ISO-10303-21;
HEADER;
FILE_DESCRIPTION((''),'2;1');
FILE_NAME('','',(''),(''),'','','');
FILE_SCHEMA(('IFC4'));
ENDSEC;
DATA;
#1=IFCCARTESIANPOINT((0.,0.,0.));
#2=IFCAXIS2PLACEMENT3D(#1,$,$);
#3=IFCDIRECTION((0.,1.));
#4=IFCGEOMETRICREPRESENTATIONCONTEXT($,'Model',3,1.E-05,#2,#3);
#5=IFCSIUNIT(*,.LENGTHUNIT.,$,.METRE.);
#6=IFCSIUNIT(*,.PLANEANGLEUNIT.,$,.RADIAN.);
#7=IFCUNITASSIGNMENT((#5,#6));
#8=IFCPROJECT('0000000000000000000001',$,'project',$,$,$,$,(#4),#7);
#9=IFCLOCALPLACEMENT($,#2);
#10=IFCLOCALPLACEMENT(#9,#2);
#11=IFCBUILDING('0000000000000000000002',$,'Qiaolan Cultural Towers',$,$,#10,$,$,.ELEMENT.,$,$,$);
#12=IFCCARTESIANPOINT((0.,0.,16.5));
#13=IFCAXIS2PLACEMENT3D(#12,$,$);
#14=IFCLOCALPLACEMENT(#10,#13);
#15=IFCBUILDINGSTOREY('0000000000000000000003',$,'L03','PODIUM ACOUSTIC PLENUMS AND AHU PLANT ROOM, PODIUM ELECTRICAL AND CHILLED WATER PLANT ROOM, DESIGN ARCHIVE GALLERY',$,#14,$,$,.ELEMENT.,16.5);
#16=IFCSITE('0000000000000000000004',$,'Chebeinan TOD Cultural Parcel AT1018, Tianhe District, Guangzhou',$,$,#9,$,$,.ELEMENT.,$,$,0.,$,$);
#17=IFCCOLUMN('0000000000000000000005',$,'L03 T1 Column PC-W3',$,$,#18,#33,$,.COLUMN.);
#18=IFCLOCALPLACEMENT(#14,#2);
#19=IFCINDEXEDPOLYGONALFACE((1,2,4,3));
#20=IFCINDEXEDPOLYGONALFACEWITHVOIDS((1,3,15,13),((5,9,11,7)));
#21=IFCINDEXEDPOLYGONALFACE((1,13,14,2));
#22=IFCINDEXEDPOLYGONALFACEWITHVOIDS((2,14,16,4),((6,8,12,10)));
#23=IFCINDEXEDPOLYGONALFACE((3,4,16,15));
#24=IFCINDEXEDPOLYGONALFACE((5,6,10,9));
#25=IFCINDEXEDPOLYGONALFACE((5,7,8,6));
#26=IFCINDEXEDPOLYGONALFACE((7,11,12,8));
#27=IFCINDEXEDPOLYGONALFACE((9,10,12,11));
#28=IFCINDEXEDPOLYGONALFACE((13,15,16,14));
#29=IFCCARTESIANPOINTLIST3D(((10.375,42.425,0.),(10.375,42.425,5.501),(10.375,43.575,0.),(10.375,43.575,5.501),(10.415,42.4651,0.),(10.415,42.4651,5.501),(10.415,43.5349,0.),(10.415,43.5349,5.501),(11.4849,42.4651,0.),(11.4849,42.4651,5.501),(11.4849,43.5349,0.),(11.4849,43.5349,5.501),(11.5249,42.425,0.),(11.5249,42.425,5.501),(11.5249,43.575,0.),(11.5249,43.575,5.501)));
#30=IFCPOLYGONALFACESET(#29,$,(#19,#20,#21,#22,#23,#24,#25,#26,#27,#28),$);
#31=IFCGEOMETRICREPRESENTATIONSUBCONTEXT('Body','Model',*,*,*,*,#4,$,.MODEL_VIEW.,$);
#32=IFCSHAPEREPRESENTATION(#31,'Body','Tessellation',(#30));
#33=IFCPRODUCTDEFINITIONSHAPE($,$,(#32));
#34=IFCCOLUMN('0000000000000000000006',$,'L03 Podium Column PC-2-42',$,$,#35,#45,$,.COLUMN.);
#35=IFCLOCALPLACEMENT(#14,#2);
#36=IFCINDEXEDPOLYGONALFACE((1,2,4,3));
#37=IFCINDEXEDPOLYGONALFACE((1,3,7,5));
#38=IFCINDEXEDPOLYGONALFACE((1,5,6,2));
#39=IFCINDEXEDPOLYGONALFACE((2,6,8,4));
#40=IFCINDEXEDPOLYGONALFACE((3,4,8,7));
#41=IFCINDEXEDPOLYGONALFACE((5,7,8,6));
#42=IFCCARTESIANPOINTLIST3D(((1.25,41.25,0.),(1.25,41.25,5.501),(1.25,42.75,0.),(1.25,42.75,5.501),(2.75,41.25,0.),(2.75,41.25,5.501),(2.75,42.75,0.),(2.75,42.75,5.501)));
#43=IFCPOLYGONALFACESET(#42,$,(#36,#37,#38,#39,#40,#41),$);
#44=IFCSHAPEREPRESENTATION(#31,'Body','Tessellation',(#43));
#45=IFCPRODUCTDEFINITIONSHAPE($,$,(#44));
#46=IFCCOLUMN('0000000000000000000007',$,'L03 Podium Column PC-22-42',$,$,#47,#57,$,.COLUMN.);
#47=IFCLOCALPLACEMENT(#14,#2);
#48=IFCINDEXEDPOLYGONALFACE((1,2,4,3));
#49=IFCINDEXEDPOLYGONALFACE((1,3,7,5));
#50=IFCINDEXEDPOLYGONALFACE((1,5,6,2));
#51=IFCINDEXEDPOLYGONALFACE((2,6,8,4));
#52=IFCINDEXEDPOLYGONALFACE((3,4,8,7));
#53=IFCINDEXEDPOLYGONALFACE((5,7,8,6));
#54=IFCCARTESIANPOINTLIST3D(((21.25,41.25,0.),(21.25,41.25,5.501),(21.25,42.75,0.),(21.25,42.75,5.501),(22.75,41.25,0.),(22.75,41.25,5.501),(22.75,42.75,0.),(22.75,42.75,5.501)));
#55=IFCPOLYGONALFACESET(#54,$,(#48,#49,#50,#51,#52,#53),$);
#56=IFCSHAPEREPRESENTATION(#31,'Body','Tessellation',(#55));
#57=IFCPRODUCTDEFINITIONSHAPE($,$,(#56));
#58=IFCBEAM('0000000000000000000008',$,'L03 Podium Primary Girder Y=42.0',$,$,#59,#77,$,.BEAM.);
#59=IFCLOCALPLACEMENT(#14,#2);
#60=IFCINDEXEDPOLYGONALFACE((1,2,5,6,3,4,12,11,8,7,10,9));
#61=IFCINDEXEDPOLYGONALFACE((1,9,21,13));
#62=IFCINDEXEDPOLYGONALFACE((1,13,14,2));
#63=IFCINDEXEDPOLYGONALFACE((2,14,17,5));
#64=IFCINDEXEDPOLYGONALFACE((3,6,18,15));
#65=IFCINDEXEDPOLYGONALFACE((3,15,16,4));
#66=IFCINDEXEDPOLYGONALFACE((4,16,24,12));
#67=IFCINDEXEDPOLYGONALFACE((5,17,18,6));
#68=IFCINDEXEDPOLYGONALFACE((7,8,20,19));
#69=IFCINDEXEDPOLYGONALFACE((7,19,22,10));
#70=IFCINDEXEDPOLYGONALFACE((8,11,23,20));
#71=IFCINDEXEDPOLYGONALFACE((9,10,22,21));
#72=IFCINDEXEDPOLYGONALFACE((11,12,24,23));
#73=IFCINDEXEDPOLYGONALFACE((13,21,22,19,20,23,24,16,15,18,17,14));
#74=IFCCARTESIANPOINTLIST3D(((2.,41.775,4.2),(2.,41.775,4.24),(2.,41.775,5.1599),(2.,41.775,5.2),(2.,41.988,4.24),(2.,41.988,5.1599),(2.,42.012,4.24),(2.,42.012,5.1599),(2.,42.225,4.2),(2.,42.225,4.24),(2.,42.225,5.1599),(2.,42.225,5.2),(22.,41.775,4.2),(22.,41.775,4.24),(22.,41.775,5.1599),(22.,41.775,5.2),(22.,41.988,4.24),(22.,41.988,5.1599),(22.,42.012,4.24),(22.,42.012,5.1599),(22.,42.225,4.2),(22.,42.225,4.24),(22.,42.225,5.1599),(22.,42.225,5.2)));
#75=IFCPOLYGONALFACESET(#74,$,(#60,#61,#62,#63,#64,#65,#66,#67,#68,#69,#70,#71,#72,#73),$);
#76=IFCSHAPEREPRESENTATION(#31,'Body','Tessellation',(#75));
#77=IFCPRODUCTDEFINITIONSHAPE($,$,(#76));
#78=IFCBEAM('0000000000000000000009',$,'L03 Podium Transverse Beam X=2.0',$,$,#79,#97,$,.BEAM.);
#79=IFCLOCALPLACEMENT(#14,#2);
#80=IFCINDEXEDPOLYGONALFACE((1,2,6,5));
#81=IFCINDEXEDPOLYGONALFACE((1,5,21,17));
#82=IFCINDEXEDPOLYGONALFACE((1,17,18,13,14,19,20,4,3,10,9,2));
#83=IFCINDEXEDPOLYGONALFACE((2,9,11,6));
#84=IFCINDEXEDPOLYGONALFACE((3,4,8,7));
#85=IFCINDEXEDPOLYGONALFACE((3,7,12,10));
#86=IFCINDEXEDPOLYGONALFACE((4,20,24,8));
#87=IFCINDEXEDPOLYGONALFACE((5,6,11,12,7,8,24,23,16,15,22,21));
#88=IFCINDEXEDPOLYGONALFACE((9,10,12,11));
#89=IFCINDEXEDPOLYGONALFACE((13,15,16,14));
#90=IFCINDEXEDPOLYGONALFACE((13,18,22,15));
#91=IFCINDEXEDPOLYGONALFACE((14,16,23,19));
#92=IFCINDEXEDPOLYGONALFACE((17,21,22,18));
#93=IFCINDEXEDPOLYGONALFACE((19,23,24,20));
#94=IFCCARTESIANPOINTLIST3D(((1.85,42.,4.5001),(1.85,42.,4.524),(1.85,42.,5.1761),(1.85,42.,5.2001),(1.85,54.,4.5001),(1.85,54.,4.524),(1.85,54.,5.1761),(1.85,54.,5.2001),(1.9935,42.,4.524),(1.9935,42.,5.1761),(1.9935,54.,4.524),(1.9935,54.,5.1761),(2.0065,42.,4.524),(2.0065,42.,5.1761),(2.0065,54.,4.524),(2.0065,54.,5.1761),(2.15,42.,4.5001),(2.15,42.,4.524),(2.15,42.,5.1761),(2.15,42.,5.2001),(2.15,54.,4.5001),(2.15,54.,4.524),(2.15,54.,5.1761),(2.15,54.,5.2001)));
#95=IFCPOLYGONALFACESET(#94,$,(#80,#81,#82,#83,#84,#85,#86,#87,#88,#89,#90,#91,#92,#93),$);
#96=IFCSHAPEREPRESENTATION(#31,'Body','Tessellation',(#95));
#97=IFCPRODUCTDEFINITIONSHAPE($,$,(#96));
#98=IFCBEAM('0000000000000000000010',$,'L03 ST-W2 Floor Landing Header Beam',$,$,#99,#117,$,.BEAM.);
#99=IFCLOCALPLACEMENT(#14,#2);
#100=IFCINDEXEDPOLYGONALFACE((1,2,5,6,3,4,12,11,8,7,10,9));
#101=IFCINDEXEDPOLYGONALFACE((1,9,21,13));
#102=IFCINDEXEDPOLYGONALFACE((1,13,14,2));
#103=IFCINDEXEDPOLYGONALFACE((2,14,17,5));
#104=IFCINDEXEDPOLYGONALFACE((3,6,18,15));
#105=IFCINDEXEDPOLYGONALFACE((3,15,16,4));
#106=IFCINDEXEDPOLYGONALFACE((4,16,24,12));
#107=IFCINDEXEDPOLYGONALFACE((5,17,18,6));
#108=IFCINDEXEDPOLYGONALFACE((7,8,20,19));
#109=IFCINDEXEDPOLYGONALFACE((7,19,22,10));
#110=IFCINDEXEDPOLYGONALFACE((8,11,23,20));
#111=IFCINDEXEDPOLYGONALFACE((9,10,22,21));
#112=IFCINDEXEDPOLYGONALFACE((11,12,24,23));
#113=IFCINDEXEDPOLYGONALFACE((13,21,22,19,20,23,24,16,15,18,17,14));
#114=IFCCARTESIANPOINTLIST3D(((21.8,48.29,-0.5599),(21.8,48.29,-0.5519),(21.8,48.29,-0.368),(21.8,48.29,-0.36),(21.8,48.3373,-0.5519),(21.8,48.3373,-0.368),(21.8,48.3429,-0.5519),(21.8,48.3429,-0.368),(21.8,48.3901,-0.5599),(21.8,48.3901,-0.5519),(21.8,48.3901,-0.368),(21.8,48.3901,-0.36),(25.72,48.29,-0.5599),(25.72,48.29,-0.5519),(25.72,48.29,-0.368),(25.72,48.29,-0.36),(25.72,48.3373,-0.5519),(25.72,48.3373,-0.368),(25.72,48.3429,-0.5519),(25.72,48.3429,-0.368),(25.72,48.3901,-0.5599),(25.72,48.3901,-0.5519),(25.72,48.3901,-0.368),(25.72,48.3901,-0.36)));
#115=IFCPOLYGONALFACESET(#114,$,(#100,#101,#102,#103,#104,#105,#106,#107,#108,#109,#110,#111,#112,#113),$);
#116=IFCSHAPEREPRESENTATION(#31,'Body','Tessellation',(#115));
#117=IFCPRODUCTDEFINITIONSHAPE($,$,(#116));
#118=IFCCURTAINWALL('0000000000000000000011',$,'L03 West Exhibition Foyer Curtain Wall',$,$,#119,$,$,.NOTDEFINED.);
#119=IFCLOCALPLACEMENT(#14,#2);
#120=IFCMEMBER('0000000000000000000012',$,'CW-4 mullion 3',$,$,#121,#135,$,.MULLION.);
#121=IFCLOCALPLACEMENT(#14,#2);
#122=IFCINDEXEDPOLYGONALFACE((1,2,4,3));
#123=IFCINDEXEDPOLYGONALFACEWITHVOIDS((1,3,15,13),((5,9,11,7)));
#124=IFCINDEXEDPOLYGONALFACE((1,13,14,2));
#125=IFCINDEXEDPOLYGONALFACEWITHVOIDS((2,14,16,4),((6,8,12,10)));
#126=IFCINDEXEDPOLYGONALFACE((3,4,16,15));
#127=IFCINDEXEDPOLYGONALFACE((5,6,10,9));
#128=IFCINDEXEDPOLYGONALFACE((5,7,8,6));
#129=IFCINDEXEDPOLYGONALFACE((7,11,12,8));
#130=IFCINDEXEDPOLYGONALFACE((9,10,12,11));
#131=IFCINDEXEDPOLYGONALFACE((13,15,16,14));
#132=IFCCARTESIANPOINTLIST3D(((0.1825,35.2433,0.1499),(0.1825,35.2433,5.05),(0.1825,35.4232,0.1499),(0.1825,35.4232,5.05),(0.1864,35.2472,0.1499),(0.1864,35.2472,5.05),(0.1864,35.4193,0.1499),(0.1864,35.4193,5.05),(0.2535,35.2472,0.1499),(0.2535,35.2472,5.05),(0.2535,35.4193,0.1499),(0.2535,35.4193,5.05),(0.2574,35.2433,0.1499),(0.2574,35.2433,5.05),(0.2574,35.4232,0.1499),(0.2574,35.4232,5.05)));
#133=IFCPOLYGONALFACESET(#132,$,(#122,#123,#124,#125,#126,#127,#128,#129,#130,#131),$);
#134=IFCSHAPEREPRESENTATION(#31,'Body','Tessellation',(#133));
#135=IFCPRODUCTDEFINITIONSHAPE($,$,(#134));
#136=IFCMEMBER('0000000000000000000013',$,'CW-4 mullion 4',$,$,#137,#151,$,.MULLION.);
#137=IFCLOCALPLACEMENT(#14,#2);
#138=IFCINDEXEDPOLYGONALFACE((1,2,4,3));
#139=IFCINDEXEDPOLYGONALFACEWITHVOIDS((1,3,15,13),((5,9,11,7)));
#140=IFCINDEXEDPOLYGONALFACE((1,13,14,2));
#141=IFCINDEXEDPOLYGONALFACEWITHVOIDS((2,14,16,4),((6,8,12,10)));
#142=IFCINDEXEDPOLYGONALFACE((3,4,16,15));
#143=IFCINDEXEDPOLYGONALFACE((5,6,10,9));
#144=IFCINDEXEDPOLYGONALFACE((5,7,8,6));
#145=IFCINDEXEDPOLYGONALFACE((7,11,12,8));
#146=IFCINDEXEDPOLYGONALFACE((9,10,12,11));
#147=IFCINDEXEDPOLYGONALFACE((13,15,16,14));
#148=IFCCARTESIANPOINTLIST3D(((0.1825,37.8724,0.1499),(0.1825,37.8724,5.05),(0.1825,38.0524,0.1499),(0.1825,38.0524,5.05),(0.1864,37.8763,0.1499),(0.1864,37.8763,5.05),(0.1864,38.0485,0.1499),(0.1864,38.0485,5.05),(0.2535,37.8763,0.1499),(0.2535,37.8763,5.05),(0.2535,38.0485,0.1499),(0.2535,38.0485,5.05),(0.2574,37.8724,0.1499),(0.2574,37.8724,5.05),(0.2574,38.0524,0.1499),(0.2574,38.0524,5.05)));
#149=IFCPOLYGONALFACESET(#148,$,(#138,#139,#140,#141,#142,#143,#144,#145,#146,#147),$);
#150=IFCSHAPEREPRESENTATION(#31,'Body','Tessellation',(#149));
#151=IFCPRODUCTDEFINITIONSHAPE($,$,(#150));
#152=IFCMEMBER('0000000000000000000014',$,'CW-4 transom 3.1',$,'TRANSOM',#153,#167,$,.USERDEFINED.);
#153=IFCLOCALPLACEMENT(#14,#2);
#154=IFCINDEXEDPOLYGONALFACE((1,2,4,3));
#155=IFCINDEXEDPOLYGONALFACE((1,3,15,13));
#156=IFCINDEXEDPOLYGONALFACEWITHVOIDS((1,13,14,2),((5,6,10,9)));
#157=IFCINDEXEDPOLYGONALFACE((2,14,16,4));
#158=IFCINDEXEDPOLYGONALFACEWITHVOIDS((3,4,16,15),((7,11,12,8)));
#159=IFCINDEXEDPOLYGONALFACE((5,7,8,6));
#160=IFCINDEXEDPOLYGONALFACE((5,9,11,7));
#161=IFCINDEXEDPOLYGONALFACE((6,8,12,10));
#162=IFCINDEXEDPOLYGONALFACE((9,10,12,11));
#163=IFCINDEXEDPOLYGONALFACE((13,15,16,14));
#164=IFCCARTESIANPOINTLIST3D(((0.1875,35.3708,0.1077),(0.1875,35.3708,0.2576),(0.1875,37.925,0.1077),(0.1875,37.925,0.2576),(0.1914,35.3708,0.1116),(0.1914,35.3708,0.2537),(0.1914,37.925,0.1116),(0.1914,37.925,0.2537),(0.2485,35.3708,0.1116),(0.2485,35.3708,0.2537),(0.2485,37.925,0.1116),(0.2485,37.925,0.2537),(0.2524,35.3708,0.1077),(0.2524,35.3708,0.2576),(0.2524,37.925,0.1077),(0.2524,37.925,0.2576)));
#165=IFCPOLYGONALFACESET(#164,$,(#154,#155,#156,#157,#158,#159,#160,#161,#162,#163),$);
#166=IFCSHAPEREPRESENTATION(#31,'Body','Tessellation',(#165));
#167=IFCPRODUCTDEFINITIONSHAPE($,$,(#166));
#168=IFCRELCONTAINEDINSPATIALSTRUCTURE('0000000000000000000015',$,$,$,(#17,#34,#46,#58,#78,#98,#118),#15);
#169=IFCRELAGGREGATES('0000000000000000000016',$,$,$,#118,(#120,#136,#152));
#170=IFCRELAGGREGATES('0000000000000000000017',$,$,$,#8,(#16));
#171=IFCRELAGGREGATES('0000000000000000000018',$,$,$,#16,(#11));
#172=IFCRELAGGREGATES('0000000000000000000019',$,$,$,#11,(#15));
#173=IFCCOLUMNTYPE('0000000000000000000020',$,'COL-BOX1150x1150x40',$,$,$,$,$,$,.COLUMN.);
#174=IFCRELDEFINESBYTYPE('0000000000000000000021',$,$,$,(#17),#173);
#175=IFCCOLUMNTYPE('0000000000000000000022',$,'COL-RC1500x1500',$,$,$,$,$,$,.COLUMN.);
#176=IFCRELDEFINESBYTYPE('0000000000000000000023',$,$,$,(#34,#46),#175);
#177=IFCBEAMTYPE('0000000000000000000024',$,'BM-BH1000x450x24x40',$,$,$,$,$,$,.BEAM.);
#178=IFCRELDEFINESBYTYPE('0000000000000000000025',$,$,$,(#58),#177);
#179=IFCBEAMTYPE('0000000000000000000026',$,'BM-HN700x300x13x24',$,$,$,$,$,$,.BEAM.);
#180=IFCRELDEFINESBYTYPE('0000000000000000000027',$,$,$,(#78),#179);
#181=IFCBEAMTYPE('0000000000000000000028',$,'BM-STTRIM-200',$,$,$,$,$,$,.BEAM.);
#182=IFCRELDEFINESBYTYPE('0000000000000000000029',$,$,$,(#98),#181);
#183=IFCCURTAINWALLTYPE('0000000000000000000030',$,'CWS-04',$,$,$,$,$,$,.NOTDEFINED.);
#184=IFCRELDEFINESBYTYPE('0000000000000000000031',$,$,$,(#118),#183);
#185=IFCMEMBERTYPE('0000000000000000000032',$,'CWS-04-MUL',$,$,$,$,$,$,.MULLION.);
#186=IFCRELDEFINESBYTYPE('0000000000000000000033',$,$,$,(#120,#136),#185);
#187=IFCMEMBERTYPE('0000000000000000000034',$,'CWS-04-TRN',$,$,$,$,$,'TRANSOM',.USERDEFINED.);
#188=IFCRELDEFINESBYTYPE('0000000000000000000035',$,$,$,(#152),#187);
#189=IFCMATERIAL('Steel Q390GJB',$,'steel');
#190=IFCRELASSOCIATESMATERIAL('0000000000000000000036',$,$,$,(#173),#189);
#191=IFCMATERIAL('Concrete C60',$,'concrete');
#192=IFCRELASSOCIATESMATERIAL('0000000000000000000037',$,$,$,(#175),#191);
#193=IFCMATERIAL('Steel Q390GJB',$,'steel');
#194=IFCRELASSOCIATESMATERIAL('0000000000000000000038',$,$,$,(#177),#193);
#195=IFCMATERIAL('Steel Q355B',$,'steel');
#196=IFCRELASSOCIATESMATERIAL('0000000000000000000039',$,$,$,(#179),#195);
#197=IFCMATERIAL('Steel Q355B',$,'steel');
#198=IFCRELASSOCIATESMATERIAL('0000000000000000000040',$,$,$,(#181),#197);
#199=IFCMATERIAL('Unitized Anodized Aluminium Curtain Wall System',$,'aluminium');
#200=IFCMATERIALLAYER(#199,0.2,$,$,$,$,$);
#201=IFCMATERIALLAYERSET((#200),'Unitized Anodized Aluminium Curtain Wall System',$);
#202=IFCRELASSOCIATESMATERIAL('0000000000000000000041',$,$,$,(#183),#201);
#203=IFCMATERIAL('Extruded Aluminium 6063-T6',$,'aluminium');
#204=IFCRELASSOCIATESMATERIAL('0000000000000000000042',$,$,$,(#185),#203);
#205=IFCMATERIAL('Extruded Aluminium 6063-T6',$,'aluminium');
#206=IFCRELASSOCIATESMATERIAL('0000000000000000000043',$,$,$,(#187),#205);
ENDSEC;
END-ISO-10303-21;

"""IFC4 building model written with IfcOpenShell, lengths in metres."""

from ifc_helpers import new_model, si_unit, direction, frame, origin, origin_2d, place, context, subcontext, project, spatial, rectangle, hollow_rectangle, i_section, extrude, material, layer, layer_set, material_profile, profile_set, type_object, element, aggregate, save


model = new_model("IFC4")

# Units and contexts
model_context = context("Model", 3, precision=1e-05, world=origin(), true_north=direction((0.0, 1.0)))
body_context = subcontext(model_context, "Body", "Model", "MODEL_VIEW")
ifc_project = project(units=[si_unit("LENGTHUNIT", "METRE"), si_unit("PLANEANGLEUNIT", "RADIAN")], contexts=[model_context])

# Site, building, storey
site_placement = place(None, origin())
site = spatial("IfcSite", under=ifc_project, at=site_placement, Name="Chebeinan TOD Cultural Parcel AT1018, Tianhe District, Guangzhou", CompositionType="ELEMENT", RefElevation=0.0)
building_placement = place(site_placement, origin())
building = spatial("IfcBuilding", under=site, at=building_placement, Name="Qiaolan Cultural Towers", CompositionType="ELEMENT")
storey_placement = place(building_placement, frame((0.0, 0.0, 16.5)))
storey = spatial("IfcBuildingStorey", under=building, at=storey_placement, Name="L03", Description="PODIUM ACOUSTIC PLENUMS AND AHU PLANT ROOM, PODIUM ELECTRICAL AND CHILLED WATER PLANT ROOM, DESIGN ARCHIVE GALLERY", CompositionType="ELEMENT", Elevation=16.5)

# Columns
ifc_material_1 = material(Name="Steel Q390GJB", Category="steel")
ifc_material_profile_1 = material_profile(ifc_material_1, hollow_rectangle(XDim=1.1499, YDim=1.1499, WallThickness=0.04, at=origin_2d()), Name="BOX1150x1150x40")
ifc_profile_set_1 = profile_set([ifc_material_profile_1], Name="Steel Q390GJB")
column_type_1 = type_object("IfcColumnType", Name="COL-BOX1150x1150x40", PredefinedType="COLUMN", material=ifc_profile_set_1)
column_placement = place(storey_placement, frame((10.95, 43.0, 0.0), z_axis=(0.0, 0.0, 1.0), x_axis=(1.0, 0.0, 0.0)))
element("IfcColumn", 1, at=column_placement, inside=storey, type_object=column_type_1, Name="L03 T1 Column PC-W3", PredefinedType="COLUMN", context=body_context, shape_type="SweptSolid", body=[
    extrude(hollow_rectangle(XDim=1.1499, YDim=1.1499, WallThickness=0.04, at=origin_2d()), origin(), (0.0, 0.0, 1.0), 5.501),
])
ifc_material_2 = material(Name="Concrete C60", Category="concrete")
ifc_material_profile_2 = material_profile(ifc_material_2, rectangle(XDim=1.5, YDim=1.5, at=origin_2d()), Name="RC1500x1500")
ifc_profile_set_2 = profile_set([ifc_material_profile_2], Name="Concrete C60")
column_type_2 = type_object("IfcColumnType", Name="COL-RC1500x1500", PredefinedType="COLUMN", material=ifc_profile_set_2)
for number, where, z_axis, x_axis, name in (
    (2, (2.0, 42.0, 0.0), (0.0, 0.0, 1.0), (1.0, 0.0, 0.0), "L03 Podium Column PC-2-42"),
    (3, (22.0, 42.0, 0.0), (0.0, 0.0, 1.0), (1.0, 0.0, 0.0), "L03 Podium Column PC-22-42"),
):
    element("IfcColumn", number, at=place(storey_placement, frame(where, z_axis=z_axis, x_axis=x_axis)), inside=storey, type_object=column_type_2, Name=name, PredefinedType="COLUMN", context=body_context, shape_type="SweptSolid", body=[
        extrude(rectangle(XDim=1.5, YDim=1.5, at=origin_2d()), origin(), (0.0, 0.0, 1.0), 5.501),
    ])

# Beams
ifc_material_3 = material(Name="Steel Q390GJB", Category="steel")
ifc_material_profile_3 = material_profile(ifc_material_3, i_section(OverallWidth=0.45, OverallDepth=1.0, WebThickness=0.0239, FlangeThickness=0.04, at=origin_2d()), Name="BH1000x450x24x40")
ifc_profile_set_3 = profile_set([ifc_material_profile_3], Name="Steel Q390GJB")
beam_type_1 = type_object("IfcBeamType", Name="BM-BH1000x450x24x40", PredefinedType="BEAM", material=ifc_profile_set_3)
beam_1_placement = place(storey_placement, frame((2.0, 42.0, 4.7), z_axis=(1.0, 0.0, 0.0), x_axis=(0.0, 1.0, 0.0)))
element("IfcBeam", 4, at=beam_1_placement, inside=storey, type_object=beam_type_1, Name="L03 Podium Primary Girder Y=42.0", PredefinedType="BEAM", context=body_context, shape_type="SweptSolid", body=[
    extrude(i_section(OverallWidth=0.45, OverallDepth=1.0, WebThickness=0.0239, FlangeThickness=0.04, at=origin_2d()), origin(), (0.0, 0.0, 1.0), 20.0),
])
ifc_material_4 = material(Name="Steel Q355B", Category="steel")
ifc_material_profile_4 = material_profile(ifc_material_4, i_section(OverallWidth=0.3, OverallDepth=0.7, WebThickness=0.0129, FlangeThickness=0.0239, at=origin_2d()), Name="HN700x300x13x24")
ifc_profile_set_4 = profile_set([ifc_material_profile_4], Name="Steel Q355B")
beam_type_2 = type_object("IfcBeamType", Name="BM-HN700x300x13x24", PredefinedType="BEAM", material=ifc_profile_set_4)
beam_2_placement = place(storey_placement, frame((2.0, 42.0, 4.8501), z_axis=(0.0, 1.0, 0.0), x_axis=(-1.0, 0.0, 0.0)))
element("IfcBeam", 5, at=beam_2_placement, inside=storey, type_object=beam_type_2, Name="L03 Podium Transverse Beam X=2.0", PredefinedType="BEAM", context=body_context, shape_type="SweptSolid", body=[
    extrude(i_section(OverallWidth=0.3, OverallDepth=0.7, WebThickness=0.0129, FlangeThickness=0.0239, at=origin_2d()), origin(), (0.0, 0.0, 1.0), 12.0),
])
ifc_material_5 = material(Name="Steel Q355B", Category="steel")
ifc_material_profile_5 = material_profile(ifc_material_5, i_section(OverallWidth=0.1001, OverallDepth=0.2, WebThickness=0.0056, FlangeThickness=0.0081, at=origin_2d()), Name="HN200x100x5.5x8")
ifc_profile_set_5 = profile_set([ifc_material_profile_5], Name="Steel Q355B")
beam_type_3 = type_object("IfcBeamType", Name="BM-STTRIM-200", PredefinedType="BEAM", material=ifc_profile_set_5)
beam_3_placement = place(storey_placement, frame((21.8, 48.3401, -0.46), z_axis=(1.0, 0.0, 0.0), x_axis=(0.0, 1.0, 0.0)))
element("IfcBeam", 6, at=beam_3_placement, inside=storey, type_object=beam_type_3, Name="L03 ST-W2 Floor Landing Header Beam", PredefinedType="BEAM", context=body_context, shape_type="SweptSolid", body=[
    extrude(i_section(OverallWidth=0.1001, OverallDepth=0.2, WebThickness=0.0056, FlangeThickness=0.0081, at=origin_2d()), origin(), (0.0, 0.0, 1.0), 3.9199),
])

# Curtain wall, members
ifc_material_6 = material(Name="Unitized Anodized Aluminium Curtain Wall System", Category="aluminium")
ifc_layer_1 = layer(ifc_material_6, 0.2)
ifc_layer_set_1 = layer_set([ifc_layer_1], Name="Unitized Anodized Aluminium Curtain Wall System")
curtain_wall_type = type_object("IfcCurtainWallType", Name="CWS-04", PredefinedType="NOTDEFINED", material=ifc_layer_set_1)
curtain_wall_placement = place(storey_placement, origin())
curtain_wall = element("IfcCurtainWall", 7, at=curtain_wall_placement, inside=storey, type_object=curtain_wall_type, Name="L03 West Exhibition Foyer Curtain Wall", PredefinedType="NOTDEFINED")
ifc_material_7 = material(Name="Extruded Aluminium 6063-T6", Category="aluminium")
ifc_material_profile_6 = material_profile(ifc_material_7, hollow_rectangle(XDim=0.075, YDim=0.1799, WallThickness=0.0039, at=origin_2d()), Name="CWM-180x75x4")
ifc_profile_set_6 = profile_set([ifc_material_profile_6], Name="Extruded Aluminium 6063-T6")
member_type_1 = type_object("IfcMemberType", Name="CWS-04-MUL", PredefinedType="MULLION", material=ifc_profile_set_6)
member_1_placement = place(storey_placement, frame((0.22, 35.3333, 0.1499), z_axis=(0.0, 0.0, 1.0), x_axis=(-1.0, 0.0, 0.0)))
member_1 = element("IfcMember", 8, at=member_1_placement, type_object=member_type_1, Name="CW-4 mullion 3", PredefinedType="MULLION", context=body_context, shape_type="SweptSolid", body=[
    extrude(hollow_rectangle(XDim=0.075, YDim=0.1799, WallThickness=0.0039, at=origin_2d()), origin(), (0.0, 0.0, 1.0), 4.9001),
])
member_2_placement = place(storey_placement, frame((0.22, 37.9624, 0.1499), z_axis=(0.0, 0.0, 1.0), x_axis=(-1.0, 0.0, 0.0)))
member_2 = element("IfcMember", 9, at=member_2_placement, type_object=member_type_1, Name="CW-4 mullion 4", PredefinedType="MULLION", context=body_context, shape_type="SweptSolid", body=[
    extrude(hollow_rectangle(XDim=0.075, YDim=0.1799, WallThickness=0.0039, at=origin_2d()), origin(), (0.0, 0.0, 1.0), 4.9001),
])
ifc_material_8 = material(Name="Extruded Aluminium 6063-T6", Category="aluminium")
ifc_material_profile_7 = material_profile(ifc_material_8, hollow_rectangle(XDim=0.0649, YDim=0.1499, WallThickness=0.0039, at=origin_2d()), Name="CWT-150x65x4")
ifc_profile_set_7 = profile_set([ifc_material_profile_7], Name="Extruded Aluminium 6063-T6")
member_type_2 = type_object("IfcMemberType", Name="CWS-04-TRN", ElementType="TRANSOM", PredefinedType="USERDEFINED", material=ifc_profile_set_7)
member_3_placement = place(storey_placement, frame((0.22, 35.3708, 0.1826), z_axis=(0.0, 1.0, 0.0), x_axis=(-1.0, 0.0, 0.0)))
member_3 = element("IfcMember", 10, at=member_3_placement, type_object=member_type_2, Name="CW-4 transom 3.1", ObjectType="TRANSOM", PredefinedType="USERDEFINED", context=body_context, shape_type="SweptSolid", body=[
    extrude(hollow_rectangle(XDim=0.0649, YDim=0.1499, WallThickness=0.0039, at=origin_2d()), origin(), (0.0, 0.0, 1.0), 2.5542),
])
aggregate(curtain_wall, [member_1, member_2, member_3])

save(model, "model.ifc")
